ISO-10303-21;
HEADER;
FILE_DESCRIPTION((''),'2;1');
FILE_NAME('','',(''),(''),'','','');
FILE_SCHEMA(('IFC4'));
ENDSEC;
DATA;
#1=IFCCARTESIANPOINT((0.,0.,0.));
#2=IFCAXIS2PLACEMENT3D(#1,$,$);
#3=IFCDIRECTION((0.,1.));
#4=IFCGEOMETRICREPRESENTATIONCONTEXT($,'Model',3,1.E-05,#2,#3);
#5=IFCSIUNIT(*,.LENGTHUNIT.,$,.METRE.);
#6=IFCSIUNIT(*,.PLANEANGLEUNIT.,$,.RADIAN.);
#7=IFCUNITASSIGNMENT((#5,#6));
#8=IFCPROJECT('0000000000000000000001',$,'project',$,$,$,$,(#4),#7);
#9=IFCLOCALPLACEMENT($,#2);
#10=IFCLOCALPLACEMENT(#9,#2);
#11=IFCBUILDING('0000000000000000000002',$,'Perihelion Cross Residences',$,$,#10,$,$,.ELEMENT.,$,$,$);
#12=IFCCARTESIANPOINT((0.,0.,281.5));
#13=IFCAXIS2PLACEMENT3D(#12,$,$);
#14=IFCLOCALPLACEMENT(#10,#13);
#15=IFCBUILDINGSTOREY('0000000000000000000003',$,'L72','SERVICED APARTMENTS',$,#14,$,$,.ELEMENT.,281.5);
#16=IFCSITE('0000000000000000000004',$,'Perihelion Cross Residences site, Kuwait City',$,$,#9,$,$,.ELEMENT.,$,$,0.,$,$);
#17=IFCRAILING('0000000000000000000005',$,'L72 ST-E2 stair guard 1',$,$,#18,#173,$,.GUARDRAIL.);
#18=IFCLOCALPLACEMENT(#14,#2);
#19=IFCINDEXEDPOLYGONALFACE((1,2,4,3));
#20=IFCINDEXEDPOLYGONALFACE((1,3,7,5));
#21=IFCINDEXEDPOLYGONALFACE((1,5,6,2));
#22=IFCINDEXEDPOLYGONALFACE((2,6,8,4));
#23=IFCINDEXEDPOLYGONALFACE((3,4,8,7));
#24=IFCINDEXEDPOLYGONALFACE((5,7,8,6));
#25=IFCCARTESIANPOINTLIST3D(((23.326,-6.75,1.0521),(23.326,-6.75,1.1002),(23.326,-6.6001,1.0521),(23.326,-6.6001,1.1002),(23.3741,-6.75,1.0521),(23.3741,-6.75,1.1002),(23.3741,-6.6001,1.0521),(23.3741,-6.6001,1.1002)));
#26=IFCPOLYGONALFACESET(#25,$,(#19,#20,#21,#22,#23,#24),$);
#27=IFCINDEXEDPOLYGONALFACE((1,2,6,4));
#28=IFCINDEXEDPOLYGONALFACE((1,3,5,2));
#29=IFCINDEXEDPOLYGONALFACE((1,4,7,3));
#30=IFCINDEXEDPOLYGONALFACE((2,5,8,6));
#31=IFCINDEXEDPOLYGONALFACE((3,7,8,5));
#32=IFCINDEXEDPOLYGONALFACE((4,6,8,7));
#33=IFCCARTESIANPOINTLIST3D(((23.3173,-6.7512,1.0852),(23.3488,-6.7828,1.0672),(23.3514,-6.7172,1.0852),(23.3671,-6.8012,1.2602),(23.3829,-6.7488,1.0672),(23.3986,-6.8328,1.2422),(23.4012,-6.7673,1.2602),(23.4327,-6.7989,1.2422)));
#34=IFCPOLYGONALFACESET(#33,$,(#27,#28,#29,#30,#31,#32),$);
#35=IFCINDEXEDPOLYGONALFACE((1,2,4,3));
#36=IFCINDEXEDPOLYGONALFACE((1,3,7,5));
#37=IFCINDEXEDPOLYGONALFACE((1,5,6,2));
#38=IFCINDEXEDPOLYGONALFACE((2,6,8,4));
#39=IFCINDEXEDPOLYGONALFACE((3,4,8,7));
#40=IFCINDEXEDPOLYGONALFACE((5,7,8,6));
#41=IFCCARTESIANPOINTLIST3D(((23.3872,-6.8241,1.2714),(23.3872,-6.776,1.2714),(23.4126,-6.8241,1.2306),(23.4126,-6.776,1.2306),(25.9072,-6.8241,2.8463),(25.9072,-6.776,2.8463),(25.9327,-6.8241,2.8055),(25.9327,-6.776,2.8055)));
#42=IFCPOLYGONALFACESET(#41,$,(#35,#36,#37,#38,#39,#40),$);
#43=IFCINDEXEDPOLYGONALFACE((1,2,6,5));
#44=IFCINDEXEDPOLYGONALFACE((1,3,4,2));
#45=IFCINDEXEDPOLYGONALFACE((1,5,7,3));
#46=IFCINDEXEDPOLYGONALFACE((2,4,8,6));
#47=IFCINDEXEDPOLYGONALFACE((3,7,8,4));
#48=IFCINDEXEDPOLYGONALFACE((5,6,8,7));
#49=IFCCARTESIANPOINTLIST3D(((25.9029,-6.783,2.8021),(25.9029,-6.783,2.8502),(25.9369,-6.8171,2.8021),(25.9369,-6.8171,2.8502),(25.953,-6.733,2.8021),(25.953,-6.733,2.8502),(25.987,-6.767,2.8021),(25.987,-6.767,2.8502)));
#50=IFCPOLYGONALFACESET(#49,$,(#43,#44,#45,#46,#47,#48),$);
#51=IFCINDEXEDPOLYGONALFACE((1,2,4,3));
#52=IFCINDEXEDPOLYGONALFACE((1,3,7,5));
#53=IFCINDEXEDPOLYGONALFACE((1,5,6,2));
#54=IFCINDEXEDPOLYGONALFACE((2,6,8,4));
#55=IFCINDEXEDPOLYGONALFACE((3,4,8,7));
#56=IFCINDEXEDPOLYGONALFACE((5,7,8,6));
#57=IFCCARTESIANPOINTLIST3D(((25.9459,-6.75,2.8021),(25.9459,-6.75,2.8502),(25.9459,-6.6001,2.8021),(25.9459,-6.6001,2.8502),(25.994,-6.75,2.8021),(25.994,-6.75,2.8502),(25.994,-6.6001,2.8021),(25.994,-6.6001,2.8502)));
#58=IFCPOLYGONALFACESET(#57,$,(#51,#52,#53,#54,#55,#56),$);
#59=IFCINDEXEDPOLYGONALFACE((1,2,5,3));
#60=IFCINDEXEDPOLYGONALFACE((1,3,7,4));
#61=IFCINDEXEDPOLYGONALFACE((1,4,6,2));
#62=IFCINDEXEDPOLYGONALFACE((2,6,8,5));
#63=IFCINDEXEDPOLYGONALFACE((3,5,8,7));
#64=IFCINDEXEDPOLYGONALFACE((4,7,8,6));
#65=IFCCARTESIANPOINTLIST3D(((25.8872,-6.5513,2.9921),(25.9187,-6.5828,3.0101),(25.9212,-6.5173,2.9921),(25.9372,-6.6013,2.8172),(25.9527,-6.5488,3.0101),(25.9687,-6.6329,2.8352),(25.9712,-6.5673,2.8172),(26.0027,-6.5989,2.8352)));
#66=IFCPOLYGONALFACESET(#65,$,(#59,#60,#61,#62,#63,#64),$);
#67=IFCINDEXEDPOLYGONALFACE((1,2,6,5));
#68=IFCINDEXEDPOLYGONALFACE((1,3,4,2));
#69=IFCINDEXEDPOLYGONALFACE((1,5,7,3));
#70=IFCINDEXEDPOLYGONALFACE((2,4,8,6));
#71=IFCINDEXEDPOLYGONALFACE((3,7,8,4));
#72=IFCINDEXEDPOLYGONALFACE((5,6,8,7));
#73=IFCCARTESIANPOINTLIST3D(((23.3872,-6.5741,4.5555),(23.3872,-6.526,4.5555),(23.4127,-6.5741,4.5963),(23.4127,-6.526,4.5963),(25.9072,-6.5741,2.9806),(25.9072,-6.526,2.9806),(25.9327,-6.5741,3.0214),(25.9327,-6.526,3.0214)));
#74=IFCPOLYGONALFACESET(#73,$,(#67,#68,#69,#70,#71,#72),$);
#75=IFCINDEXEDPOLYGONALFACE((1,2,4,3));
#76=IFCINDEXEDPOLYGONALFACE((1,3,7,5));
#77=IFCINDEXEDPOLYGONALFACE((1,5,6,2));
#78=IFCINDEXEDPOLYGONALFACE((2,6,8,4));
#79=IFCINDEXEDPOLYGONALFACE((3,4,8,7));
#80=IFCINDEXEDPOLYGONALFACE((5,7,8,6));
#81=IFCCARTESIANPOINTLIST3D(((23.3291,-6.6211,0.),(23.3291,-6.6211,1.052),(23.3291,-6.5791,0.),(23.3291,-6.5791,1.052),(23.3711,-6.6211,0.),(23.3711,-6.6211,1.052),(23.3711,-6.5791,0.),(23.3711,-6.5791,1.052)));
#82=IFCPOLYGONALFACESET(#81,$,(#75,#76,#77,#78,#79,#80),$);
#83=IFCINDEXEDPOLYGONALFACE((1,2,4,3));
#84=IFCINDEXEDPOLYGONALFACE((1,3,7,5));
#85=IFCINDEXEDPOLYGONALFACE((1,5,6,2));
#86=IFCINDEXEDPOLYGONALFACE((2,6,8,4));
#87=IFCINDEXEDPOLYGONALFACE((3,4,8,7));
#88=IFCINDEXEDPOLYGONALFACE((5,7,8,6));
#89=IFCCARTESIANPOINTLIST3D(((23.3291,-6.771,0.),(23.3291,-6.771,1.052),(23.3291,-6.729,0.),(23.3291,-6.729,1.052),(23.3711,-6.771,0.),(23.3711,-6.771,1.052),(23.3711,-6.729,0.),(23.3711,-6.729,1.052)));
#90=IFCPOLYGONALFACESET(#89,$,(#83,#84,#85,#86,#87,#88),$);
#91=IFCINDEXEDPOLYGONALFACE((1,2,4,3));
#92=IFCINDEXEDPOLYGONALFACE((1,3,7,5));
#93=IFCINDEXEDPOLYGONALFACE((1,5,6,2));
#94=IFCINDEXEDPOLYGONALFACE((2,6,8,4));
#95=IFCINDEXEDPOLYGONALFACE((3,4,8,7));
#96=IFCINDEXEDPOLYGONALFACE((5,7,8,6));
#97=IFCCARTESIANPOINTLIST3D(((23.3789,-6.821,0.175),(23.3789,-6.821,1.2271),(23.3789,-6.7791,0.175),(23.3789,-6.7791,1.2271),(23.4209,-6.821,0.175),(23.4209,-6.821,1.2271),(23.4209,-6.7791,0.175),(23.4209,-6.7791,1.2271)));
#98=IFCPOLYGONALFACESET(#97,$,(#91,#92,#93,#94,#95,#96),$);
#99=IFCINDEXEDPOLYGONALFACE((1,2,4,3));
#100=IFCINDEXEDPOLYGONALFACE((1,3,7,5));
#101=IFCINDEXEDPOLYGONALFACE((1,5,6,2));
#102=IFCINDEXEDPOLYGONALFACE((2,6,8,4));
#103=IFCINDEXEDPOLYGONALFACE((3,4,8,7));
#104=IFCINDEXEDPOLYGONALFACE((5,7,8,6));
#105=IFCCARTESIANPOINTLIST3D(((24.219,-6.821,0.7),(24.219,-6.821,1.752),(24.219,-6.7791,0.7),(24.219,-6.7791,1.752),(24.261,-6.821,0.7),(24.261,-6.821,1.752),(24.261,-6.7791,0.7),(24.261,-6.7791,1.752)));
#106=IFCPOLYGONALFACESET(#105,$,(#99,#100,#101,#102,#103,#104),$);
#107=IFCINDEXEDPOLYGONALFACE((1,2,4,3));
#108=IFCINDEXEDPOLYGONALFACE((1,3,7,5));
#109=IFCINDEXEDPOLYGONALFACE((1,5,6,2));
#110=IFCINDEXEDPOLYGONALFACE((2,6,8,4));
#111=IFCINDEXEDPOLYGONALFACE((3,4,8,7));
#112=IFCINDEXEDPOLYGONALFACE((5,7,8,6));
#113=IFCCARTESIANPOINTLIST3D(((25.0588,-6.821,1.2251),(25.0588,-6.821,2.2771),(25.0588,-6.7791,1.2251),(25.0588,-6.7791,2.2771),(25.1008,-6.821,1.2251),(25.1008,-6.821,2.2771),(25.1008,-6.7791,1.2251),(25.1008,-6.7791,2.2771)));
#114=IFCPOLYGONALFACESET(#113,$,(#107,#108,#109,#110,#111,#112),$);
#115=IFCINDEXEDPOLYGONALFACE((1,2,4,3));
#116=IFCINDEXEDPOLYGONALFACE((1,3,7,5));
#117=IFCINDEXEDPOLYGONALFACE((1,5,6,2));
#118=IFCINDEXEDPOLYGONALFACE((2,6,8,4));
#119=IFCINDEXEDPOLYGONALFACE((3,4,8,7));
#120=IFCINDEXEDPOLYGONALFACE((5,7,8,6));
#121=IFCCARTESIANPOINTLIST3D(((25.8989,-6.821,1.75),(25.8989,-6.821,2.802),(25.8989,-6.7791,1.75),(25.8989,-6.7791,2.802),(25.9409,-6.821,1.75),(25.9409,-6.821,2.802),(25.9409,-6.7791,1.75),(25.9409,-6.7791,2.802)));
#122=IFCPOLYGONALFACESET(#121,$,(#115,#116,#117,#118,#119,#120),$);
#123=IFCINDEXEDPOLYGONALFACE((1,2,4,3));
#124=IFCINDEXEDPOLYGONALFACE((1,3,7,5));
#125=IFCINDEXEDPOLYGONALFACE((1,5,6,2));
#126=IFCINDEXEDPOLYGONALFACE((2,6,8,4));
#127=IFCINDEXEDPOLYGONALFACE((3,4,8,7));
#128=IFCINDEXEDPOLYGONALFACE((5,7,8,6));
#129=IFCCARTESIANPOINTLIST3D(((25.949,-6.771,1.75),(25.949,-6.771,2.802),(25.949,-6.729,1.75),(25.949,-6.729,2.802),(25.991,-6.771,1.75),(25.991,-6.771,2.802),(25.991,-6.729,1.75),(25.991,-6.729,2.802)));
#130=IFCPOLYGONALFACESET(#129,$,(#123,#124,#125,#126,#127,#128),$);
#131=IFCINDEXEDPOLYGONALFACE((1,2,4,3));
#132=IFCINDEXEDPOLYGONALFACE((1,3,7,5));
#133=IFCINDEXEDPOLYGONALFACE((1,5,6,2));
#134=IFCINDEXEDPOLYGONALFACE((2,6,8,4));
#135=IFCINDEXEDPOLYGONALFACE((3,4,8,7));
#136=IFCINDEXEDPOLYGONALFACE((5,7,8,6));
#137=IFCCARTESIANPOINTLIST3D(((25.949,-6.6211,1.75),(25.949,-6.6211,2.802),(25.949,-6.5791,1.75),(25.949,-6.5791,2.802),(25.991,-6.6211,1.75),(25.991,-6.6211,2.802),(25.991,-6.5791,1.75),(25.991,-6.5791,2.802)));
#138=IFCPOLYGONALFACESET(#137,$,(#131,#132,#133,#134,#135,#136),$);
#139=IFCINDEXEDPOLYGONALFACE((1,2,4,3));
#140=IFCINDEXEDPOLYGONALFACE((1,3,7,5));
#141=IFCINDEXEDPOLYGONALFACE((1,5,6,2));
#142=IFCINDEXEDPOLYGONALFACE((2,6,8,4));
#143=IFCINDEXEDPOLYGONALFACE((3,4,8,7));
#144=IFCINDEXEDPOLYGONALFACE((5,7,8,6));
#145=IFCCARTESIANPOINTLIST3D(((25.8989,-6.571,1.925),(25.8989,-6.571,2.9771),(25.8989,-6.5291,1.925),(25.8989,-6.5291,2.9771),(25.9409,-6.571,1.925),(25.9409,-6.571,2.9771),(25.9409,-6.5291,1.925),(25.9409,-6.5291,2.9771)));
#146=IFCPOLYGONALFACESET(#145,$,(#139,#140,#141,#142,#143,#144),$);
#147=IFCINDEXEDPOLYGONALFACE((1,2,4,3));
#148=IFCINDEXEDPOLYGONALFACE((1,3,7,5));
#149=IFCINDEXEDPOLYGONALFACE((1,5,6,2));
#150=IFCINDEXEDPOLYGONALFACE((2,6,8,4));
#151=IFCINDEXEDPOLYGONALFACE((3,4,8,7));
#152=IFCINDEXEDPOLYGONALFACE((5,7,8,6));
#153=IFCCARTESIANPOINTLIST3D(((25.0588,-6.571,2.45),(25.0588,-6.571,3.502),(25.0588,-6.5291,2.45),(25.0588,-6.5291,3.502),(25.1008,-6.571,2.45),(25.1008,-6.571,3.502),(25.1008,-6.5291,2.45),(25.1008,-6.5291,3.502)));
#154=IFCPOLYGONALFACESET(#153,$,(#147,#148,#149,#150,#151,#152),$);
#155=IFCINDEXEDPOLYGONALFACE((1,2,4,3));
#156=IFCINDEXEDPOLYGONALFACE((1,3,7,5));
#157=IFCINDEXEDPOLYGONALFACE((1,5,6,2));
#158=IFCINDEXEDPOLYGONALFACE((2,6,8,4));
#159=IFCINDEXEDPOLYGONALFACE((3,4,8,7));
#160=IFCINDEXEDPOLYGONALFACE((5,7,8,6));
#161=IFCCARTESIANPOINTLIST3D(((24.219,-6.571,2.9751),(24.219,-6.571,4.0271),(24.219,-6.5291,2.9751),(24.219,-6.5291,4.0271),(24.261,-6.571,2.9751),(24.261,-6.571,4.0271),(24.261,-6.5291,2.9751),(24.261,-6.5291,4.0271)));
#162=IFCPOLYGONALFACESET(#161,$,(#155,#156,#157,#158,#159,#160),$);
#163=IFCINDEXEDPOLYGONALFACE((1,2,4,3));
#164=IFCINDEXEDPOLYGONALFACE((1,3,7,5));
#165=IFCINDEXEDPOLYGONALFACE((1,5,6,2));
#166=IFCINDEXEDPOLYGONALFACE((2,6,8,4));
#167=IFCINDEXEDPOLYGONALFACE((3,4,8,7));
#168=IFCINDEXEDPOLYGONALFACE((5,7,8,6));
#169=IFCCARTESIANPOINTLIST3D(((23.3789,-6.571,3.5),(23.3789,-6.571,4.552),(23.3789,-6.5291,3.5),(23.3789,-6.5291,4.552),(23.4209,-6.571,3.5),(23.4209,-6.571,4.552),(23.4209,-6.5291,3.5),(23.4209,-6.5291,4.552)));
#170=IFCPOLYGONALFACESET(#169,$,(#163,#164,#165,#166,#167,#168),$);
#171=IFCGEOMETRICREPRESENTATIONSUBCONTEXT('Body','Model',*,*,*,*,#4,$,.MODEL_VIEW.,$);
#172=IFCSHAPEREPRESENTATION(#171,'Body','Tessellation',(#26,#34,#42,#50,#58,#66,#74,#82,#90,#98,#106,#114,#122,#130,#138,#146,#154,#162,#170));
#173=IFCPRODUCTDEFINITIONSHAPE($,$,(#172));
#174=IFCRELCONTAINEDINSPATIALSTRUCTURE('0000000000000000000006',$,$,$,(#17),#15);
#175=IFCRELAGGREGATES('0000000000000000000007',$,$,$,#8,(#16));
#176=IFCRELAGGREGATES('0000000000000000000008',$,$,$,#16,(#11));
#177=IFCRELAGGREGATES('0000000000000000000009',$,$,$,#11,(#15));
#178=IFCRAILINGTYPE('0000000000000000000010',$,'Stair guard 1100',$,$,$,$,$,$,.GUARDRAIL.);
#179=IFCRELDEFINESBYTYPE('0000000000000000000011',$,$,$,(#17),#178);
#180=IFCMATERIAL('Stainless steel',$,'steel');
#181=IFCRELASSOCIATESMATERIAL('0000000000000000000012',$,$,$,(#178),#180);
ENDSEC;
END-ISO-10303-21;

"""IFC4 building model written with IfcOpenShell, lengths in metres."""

from ifc_helpers import new_model, si_unit, direction, frame, origin, origin_2d, place, context, subcontext, project, spatial, rectangle, extrude, material, type_object, element, save


model = new_model("IFC4")

# Units and contexts
model_context = context("Model", 3, precision=1e-05, world=origin(), true_north=direction((0.0, 1.0)))
body_context = subcontext(model_context, "Body", "Model", "MODEL_VIEW")
ifc_project = project(units=[si_unit("LENGTHUNIT", "METRE"), si_unit("PLANEANGLEUNIT", "RADIAN")], contexts=[model_context])

# Site, building, storey
site_placement = place(None, origin())
site = spatial("IfcSite", under=ifc_project, at=site_placement, Name="Perihelion Cross Residences site, Kuwait City", CompositionType="ELEMENT", RefElevation=0.0)
building_placement = place(site_placement, origin())
building = spatial("IfcBuilding", under=site, at=building_placement, Name="Perihelion Cross Residences", CompositionType="ELEMENT")
storey_placement = place(building_placement, frame((0.0, 0.0, 281.5)))
storey = spatial("IfcBuildingStorey", under=building, at=storey_placement, Name="L72", Description="SERVICED APARTMENTS", CompositionType="ELEMENT", Elevation=281.5)

# Railing
ifc_material_1 = material(Name="Stainless steel", Category="steel")
railing_type_1 = type_object("IfcRailingType", Name="Stair guard 1100", PredefinedType="GUARDRAIL", material=ifc_material_1)
railing_1_placement = place(storey_placement, frame((23.3501, -6.6001, 0.0)))
element("IfcRailing", 1, at=railing_1_placement, inside=storey, type_object=railing_type_1, Name="L72 ST-E2 stair guard 1", PredefinedType="GUARDRAIL", context=body_context, shape_type="SweptSolid", body=[
    extrude(rectangle(XDim=0.0481, YDim=0.0481, at=origin_2d()), frame((0.0, 0.0, 1.0762), z_axis=(0.0, -1.0, 0.0), x_axis=(1.0, 0.0, 0.0)), (0.0, 0.0, 1.0), 0.1499),
    extrude(rectangle(XDim=0.0481, YDim=0.0481, at=origin_2d()), frame((0.0, -0.1499, 1.0762), z_axis=(0.263862, -0.265156, 0.927399), x_axis=(0.708834, 0.705376, 0.0)), (0.0, 0.0, 1.0), 0.1887),
    extrude(rectangle(XDim=0.0481, YDim=0.0481, at=origin_2d()), frame((0.0498, -0.2, 1.251), z_axis=(0.848008, 0.0, 0.529984), x_axis=(0.0, 1.0, 0.0)), (0.0, 0.0, 1.0), 2.9717),
    extrude(rectangle(XDim=0.0481, YDim=0.0481, at=origin_2d()), frame((2.5698, -0.2, 2.8262), z_axis=(0.707107, 0.707107, 0.0), x_axis=(-0.707107, 0.707107, 0.0)), (0.0, 0.0, 1.0), 0.0708),
    extrude(rectangle(XDim=0.0481, YDim=0.0481, at=origin_2d()), frame((2.6199, -0.1499, 2.8262), z_axis=(0.0, 1.0, 0.0), x_axis=(-1.0, 0.0, 0.0)), (0.0, 0.0, 1.0), 0.1499),
    extrude(rectangle(XDim=0.0481, YDim=0.0481, at=origin_2d()), frame((2.6199, 0.0, 2.8262), z_axis=(-0.265065, 0.265065, 0.927082), x_axis=(-0.707107, -0.707107, 0.0)), (0.0, 0.0, 1.0), 0.1887),
    extrude(rectangle(XDim=0.0481, YDim=0.0481, at=origin_2d()), frame((2.5698, 0.05, 3.001), z_axis=(-0.848008, 0.0, 0.529984), x_axis=(0.0, -1.0, 0.0)), (0.0, 0.0, 1.0), 2.9717),
    extrude(rectangle(XDim=0.042, YDim=0.042, at=origin_2d()), origin(), (0.0, 0.0, 1.0), 1.052),
    extrude(rectangle(XDim=0.042, YDim=0.042, at=origin_2d()), frame((0.0, -0.1499, 0.0)), (0.0, 0.0, 1.0), 1.052),
    extrude(rectangle(XDim=0.042, YDim=0.042, at=origin_2d()), frame((0.0498, -0.2, 0.175)), (0.0, 0.0, 1.0), 1.052),
    extrude(rectangle(XDim=0.042, YDim=0.042, at=origin_2d()), frame((0.8899, -0.2, 0.7)), (0.0, 0.0, 1.0), 1.052),
    extrude(rectangle(XDim=0.042, YDim=0.042, at=origin_2d()), frame((1.7297, -0.2, 1.2251)), (0.0, 0.0, 1.0), 1.052),
    extrude(rectangle(XDim=0.042, YDim=0.042, at=origin_2d()), frame((2.5698, -0.2, 1.75)), (0.0, 0.0, 1.0), 1.052),
    extrude(rectangle(XDim=0.042, YDim=0.042, at=origin_2d()), frame((2.6199, -0.1499, 1.75)), (0.0, 0.0, 1.0), 1.052),
    extrude(rectangle(XDim=0.042, YDim=0.042, at=origin_2d()), frame((2.6199, 0.0, 1.75)), (0.0, 0.0, 1.0), 1.052),
    extrude(rectangle(XDim=0.042, YDim=0.042, at=origin_2d()), frame((2.5698, 0.05, 1.925)), (0.0, 0.0, 1.0), 1.052),
    extrude(rectangle(XDim=0.042, YDim=0.042, at=origin_2d()), frame((1.7297, 0.05, 2.45)), (0.0, 0.0, 1.0), 1.052),
    extrude(rectangle(XDim=0.042, YDim=0.042, at=origin_2d()), frame((0.8899, 0.05, 2.9751)), (0.0, 0.0, 1.0), 1.052),
    extrude(rectangle(XDim=0.042, YDim=0.042, at=origin_2d()), frame((0.0498, 0.05, 3.5)), (0.0, 0.0, 1.0), 1.052),
])

save(model, "model.ifc")
